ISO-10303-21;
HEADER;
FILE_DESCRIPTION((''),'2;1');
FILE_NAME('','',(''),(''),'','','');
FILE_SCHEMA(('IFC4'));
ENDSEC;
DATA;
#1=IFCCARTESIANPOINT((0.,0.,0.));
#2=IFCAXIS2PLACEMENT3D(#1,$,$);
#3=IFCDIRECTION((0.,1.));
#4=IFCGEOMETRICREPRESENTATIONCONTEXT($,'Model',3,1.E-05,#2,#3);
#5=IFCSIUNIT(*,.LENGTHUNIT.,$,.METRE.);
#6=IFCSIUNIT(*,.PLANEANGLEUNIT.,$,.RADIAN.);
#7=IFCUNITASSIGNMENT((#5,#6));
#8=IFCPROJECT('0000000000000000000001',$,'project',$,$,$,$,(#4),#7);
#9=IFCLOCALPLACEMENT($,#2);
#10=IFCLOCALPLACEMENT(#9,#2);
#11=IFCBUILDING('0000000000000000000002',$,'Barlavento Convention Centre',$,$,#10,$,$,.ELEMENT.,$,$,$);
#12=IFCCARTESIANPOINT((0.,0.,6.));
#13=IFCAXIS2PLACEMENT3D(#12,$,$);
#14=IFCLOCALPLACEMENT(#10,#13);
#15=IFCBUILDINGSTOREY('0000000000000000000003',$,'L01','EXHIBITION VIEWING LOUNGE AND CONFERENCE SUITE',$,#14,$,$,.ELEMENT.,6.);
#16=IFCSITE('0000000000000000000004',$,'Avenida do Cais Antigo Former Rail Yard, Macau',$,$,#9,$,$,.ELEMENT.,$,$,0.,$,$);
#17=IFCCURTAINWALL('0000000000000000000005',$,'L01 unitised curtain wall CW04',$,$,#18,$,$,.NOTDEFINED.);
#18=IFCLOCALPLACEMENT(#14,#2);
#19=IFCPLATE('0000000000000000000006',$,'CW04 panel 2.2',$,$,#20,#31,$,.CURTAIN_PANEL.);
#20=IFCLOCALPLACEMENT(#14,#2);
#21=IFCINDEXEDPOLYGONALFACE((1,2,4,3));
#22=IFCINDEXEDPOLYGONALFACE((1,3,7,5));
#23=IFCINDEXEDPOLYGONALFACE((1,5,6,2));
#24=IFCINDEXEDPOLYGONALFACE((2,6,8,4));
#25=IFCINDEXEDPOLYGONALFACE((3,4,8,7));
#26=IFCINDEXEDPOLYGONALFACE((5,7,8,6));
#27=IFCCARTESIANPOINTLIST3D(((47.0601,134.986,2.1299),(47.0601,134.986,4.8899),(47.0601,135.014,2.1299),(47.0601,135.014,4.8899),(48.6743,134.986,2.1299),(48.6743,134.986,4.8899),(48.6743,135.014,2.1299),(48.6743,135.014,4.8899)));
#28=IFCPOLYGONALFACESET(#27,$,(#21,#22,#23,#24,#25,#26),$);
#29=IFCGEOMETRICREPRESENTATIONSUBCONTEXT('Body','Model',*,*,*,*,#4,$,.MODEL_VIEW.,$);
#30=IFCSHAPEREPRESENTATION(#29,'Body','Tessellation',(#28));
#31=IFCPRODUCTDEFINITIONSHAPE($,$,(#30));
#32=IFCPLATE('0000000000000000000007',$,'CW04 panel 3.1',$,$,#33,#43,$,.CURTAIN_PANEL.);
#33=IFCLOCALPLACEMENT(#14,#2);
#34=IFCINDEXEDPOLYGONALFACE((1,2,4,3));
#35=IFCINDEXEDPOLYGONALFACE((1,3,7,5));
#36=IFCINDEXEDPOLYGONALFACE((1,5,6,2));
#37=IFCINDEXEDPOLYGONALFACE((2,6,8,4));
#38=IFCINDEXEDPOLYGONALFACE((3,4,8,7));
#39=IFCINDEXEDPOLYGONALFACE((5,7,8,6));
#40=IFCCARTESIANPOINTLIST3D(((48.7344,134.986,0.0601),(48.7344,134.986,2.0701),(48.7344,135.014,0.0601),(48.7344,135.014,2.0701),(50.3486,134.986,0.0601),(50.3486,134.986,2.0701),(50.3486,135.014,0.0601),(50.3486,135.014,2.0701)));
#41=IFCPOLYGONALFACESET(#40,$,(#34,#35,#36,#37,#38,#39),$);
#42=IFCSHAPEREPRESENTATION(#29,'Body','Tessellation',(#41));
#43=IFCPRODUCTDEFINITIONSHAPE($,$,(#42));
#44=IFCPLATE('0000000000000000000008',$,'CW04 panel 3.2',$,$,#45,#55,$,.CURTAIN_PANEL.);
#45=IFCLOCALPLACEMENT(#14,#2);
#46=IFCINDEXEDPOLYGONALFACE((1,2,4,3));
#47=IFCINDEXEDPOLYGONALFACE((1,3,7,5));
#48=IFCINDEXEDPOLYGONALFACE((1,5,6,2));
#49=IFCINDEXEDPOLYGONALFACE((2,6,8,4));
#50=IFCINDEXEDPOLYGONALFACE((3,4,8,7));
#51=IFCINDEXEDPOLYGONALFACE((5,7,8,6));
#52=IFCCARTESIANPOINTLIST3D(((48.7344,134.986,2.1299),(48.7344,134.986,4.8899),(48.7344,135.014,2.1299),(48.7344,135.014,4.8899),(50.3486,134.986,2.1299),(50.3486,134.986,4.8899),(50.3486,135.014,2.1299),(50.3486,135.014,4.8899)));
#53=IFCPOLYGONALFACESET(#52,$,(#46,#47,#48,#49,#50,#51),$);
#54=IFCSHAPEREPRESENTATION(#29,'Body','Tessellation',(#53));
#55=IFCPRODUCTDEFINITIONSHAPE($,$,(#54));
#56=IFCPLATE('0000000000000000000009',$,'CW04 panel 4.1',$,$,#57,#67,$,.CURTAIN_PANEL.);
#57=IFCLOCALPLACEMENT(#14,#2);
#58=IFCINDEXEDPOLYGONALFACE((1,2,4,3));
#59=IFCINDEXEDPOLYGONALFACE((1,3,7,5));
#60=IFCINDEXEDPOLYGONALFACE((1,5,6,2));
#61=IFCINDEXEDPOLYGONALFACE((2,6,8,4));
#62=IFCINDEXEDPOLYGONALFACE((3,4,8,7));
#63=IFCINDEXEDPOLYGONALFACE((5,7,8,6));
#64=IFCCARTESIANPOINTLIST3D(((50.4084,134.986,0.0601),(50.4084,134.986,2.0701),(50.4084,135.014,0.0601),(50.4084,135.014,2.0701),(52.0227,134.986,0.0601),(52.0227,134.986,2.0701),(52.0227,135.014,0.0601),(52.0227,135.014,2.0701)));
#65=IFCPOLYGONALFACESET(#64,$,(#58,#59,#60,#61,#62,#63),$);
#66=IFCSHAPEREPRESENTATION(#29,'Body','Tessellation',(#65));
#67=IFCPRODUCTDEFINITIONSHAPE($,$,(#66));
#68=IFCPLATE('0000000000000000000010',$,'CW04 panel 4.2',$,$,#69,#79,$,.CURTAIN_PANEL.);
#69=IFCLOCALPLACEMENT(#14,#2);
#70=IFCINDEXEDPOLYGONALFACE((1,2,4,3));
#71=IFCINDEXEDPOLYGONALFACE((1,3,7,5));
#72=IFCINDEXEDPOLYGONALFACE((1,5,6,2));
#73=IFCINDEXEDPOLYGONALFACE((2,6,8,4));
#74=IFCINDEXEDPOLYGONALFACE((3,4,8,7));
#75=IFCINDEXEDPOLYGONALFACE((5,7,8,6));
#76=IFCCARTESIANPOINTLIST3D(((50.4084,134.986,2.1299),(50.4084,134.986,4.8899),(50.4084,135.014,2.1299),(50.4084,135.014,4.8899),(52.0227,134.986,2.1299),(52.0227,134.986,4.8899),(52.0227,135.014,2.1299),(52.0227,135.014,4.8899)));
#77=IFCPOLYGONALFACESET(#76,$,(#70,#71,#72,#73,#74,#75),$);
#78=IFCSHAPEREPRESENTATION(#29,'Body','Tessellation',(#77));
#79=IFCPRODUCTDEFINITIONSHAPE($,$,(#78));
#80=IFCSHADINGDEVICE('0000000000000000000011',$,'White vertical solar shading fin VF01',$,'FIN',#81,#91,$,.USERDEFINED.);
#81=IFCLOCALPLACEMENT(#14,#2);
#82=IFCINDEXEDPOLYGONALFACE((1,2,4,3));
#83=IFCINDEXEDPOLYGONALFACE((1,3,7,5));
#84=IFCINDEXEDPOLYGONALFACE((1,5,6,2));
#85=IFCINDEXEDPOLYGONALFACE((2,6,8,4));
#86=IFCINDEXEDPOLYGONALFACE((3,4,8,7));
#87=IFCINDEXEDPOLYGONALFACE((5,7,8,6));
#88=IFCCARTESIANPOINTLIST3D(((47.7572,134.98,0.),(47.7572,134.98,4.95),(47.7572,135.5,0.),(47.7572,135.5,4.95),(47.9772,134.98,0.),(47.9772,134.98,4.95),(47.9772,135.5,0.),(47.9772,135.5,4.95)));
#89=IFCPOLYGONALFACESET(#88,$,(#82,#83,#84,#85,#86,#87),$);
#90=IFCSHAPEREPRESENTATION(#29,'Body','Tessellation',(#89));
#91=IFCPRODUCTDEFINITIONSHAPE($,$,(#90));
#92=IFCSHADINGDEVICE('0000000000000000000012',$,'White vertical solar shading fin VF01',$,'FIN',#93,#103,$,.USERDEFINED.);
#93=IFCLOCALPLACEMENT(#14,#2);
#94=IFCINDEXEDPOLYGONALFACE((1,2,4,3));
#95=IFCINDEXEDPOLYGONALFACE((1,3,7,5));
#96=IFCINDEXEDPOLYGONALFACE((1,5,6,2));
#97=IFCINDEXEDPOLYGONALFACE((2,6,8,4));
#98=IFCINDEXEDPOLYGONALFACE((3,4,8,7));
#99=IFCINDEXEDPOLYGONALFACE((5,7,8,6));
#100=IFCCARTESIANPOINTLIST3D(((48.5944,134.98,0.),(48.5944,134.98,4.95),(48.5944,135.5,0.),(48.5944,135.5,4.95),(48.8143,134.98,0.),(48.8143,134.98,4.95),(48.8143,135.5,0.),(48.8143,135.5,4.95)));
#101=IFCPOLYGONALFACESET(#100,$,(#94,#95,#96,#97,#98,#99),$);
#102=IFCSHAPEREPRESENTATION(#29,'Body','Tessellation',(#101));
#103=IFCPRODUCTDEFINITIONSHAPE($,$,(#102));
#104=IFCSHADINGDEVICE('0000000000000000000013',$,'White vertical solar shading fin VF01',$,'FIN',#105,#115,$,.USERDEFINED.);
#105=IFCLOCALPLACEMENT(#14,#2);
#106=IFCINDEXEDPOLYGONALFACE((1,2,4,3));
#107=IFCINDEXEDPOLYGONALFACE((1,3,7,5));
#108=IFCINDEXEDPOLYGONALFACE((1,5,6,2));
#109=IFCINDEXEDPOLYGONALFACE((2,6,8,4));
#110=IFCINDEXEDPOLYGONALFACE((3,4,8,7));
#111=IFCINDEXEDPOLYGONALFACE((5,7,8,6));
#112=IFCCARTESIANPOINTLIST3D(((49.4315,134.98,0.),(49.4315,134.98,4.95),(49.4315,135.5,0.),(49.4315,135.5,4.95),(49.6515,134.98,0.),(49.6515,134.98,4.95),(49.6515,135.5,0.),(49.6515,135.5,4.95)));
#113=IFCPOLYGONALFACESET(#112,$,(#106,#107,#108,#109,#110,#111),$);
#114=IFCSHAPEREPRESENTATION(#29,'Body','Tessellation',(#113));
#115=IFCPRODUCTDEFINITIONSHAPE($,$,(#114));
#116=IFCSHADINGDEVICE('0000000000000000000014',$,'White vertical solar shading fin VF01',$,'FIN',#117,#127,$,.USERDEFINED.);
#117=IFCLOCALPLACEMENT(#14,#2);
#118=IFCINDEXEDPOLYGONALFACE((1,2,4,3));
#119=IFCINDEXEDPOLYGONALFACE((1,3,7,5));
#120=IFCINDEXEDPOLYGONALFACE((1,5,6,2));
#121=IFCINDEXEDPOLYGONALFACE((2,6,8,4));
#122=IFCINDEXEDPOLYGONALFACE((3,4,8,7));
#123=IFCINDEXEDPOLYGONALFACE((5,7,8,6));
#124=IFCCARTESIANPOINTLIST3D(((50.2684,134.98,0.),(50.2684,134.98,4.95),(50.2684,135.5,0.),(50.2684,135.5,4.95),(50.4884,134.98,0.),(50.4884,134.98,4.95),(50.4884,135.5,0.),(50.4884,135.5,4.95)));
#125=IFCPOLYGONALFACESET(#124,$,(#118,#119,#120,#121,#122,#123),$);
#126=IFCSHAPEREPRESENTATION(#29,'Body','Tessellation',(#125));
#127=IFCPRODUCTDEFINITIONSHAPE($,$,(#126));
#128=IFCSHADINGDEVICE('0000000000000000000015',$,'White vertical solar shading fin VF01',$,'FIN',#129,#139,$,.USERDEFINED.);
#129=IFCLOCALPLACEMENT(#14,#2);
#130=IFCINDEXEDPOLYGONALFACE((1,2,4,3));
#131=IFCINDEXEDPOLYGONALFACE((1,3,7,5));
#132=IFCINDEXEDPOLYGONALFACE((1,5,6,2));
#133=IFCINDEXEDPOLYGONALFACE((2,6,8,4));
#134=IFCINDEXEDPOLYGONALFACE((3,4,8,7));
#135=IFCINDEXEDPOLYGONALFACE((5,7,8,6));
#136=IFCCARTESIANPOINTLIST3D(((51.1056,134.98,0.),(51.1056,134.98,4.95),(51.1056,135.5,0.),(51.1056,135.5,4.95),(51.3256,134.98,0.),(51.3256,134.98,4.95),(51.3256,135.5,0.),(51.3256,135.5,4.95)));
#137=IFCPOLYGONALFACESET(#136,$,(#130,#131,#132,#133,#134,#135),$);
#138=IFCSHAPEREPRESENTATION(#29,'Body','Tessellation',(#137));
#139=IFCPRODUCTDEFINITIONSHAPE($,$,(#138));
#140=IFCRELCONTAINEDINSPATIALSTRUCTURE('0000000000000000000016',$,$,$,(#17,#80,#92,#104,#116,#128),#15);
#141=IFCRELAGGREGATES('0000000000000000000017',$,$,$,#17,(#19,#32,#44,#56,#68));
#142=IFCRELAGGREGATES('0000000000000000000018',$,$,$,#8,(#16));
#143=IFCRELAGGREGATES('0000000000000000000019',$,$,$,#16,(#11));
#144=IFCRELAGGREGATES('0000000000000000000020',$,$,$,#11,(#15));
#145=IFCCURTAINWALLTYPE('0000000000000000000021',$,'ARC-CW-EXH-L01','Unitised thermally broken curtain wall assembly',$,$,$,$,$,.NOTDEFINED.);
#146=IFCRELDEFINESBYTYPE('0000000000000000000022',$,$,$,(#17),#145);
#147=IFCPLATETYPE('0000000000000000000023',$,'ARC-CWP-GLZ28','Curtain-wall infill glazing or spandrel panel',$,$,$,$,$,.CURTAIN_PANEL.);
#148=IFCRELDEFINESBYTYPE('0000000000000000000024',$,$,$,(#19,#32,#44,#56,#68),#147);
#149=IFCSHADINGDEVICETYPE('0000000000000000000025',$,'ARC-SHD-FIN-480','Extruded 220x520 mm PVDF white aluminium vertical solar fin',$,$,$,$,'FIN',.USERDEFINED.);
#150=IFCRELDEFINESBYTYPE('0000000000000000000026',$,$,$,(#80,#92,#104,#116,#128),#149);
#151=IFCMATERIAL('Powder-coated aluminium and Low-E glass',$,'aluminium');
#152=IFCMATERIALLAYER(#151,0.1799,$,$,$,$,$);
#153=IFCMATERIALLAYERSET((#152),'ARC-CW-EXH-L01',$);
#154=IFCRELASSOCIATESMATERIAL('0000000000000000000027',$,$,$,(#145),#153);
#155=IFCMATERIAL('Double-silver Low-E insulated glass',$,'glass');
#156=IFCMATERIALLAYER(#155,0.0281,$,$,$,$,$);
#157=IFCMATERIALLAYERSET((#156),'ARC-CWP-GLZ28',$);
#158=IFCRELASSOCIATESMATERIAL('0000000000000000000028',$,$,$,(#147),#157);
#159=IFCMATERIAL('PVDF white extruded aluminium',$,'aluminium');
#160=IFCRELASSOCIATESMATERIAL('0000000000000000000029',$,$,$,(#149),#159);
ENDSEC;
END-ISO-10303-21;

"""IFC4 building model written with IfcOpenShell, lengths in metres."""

from ifc_helpers import new_model, si_unit, direction, frame, origin, origin_2d, place, context, subcontext, project, spatial, rectangle, extrude, material, layer, layer_set, type_object, element, aggregate, save


model = new_model("IFC4")

# Units and contexts
model_context = context("Model", 3, precision=1e-05, world=origin(), true_north=direction((0.0, 1.0)))
body_context = subcontext(model_context, "Body", "Model", "MODEL_VIEW")
ifc_project = project(units=[si_unit("LENGTHUNIT", "METRE"), si_unit("PLANEANGLEUNIT", "RADIAN")], contexts=[model_context])

# Site, building, storey
site_placement = place(None, origin())
site = spatial("IfcSite", under=ifc_project, at=site_placement, Name="Avenida do Cais Antigo Former Rail Yard, Macau", CompositionType="ELEMENT", RefElevation=0.0)
building_placement = place(site_placement, origin())
building = spatial("IfcBuilding", under=site, at=building_placement, Name="Barlavento Convention Centre", CompositionType="ELEMENT")
storey_placement = place(building_placement, frame((0.0, 0.0, 6.0)))
storey = spatial("IfcBuildingStorey", under=building, at=storey_placement, Name="L01", Description="EXHIBITION VIEWING LOUNGE AND CONFERENCE SUITE", CompositionType="ELEMENT", Elevation=6.0)

# Curtain wall, plates
ifc_material_1 = material(Name="Powder-coated aluminium and Low-E glass", Category="aluminium")
ifc_layer_1 = layer(ifc_material_1, 0.1799)
ifc_layer_set_1 = layer_set([ifc_layer_1], Name="ARC-CW-EXH-L01")
curtain_wall_type = type_object("IfcCurtainWallType", Name="ARC-CW-EXH-L01", Description="Unitised thermally broken curtain wall assembly", PredefinedType="NOTDEFINED", material=ifc_layer_set_1)
curtain_wall_placement = place(storey_placement, origin())
curtain_wall = element("IfcCurtainWall", 1, at=curtain_wall_placement, inside=storey, type_object=curtain_wall_type, Name="L01 unitised curtain wall CW04", PredefinedType="NOTDEFINED")
ifc_material_2 = material(Name="Double-silver Low-E insulated glass", Category="glass")
ifc_layer_2 = layer(ifc_material_2, 0.0281)
ifc_layer_set_2 = layer_set([ifc_layer_2], Name="ARC-CWP-GLZ28")
plate_type = type_object("IfcPlateType", Name="ARC-CWP-GLZ28", Description="Curtain-wall infill glazing or spandrel panel", PredefinedType="CURTAIN_PANEL", material=ifc_layer_set_2)
plate_1_placement = place(storey_placement, frame((47.8672, 135.0, 2.1299), z_axis=(0.0, 0.0, 1.0), x_axis=(1.0, 0.0, 0.0)))
plate_1 = element("IfcPlate", 2, at=plate_1_placement, type_object=plate_type, Name="CW04 panel 2.2", PredefinedType="CURTAIN_PANEL", context=body_context, shape_type="SweptSolid", body=[
    extrude(rectangle(XDim=1.6143, YDim=0.0281, at=origin_2d()), origin(), (0.0, 0.0, 1.0), 2.76),
])
plate_2_placement = place(storey_placement, frame((49.5415, 135.0, 0.0601), z_axis=(0.0, 0.0, 1.0), x_axis=(1.0, 0.0, 0.0)))
plate_2 = element("IfcPlate", 3, at=plate_2_placement, type_object=plate_type, Name="CW04 panel 3.1", PredefinedType="CURTAIN_PANEL", context=body_context, shape_type="SweptSolid", body=[
    extrude(rectangle(XDim=1.6143, YDim=0.0281, at=origin_2d()), origin(), (0.0, 0.0, 1.0), 2.01),
])
plate_3_placement = place(storey_placement, frame((49.5415, 135.0, 2.1299), z_axis=(0.0, 0.0, 1.0), x_axis=(1.0, 0.0, 0.0)))
plate_3 = element("IfcPlate", 4, at=plate_3_placement, type_object=plate_type, Name="CW04 panel 3.2", PredefinedType="CURTAIN_PANEL", context=body_context, shape_type="SweptSolid", body=[
    extrude(rectangle(XDim=1.6143, YDim=0.0281, at=origin_2d()), origin(), (0.0, 0.0, 1.0), 2.76),
])
plate_4_placement = place(storey_placement, frame((51.2156, 135.0, 0.0601), z_axis=(0.0, 0.0, 1.0), x_axis=(1.0, 0.0, 0.0)))
plate_4 = element("IfcPlate", 5, at=plate_4_placement, type_object=plate_type, Name="CW04 panel 4.1", PredefinedType="CURTAIN_PANEL", context=body_context, shape_type="SweptSolid", body=[
    extrude(rectangle(XDim=1.6143, YDim=0.0281, at=origin_2d()), origin(), (0.0, 0.0, 1.0), 2.01),
])
plate_5_placement = place(storey_placement, frame((51.2156, 135.0, 2.1299), z_axis=(0.0, 0.0, 1.0), x_axis=(1.0, 0.0, 0.0)))
plate_5 = element("IfcPlate", 6, at=plate_5_placement, type_object=plate_type, Name="CW04 panel 4.2", PredefinedType="CURTAIN_PANEL", context=body_context, shape_type="SweptSolid", body=[
    extrude(rectangle(XDim=1.6143, YDim=0.0281, at=origin_2d()), origin(), (0.0, 0.0, 1.0), 2.76),
])
aggregate(curtain_wall, [plate_1, plate_2, plate_3, plate_4, plate_5])

# Shading devices
ifc_material_3 = material(Name="PVDF white extruded aluminium", Category="aluminium")
shading_device_type = type_object("IfcShadingDeviceType", Name="ARC-SHD-FIN-480", Description="Extruded 220x520 mm PVDF white aluminium vertical solar fin", ElementType="FIN", PredefinedType="USERDEFINED", material=ifc_material_3)
for number, where, z_axis, x_axis, name in (
    (7, (47.8672, 135.24, 0.0), (0.0, 0.0, 1.0), (1.0, 0.0, 0.0), "White vertical solar shading fin VF01"),
    (8, (48.7043, 135.24, 0.0), (0.0, 0.0, 1.0), (1.0, 0.0, 0.0), "White vertical solar shading fin VF01"),
    (9, (49.5415, 135.24, 0.0), (0.0, 0.0, 1.0), (1.0, 0.0, 0.0), "White vertical solar shading fin VF01"),
    (10, (50.3784, 135.24, 0.0), (0.0, 0.0, 1.0), (1.0, 0.0, 0.0), "White vertical solar shading fin VF01"),
    (11, (51.2156, 135.24, 0.0), (0.0, 0.0, 1.0), (1.0, 0.0, 0.0), "White vertical solar shading fin VF01"),
):
    element("IfcShadingDevice", number, at=place(storey_placement, frame(where, z_axis=z_axis, x_axis=x_axis)), inside=storey, type_object=shading_device_type, Name=name, ObjectType="FIN", PredefinedType="USERDEFINED", context=body_context, shape_type="SweptSolid", body=[
        extrude(rectangle(XDim=0.22, YDim=0.52, at=origin_2d()), origin(), (0.0, 0.0, 1.0), 4.95),
    ])

save(model, "model.ifc")
